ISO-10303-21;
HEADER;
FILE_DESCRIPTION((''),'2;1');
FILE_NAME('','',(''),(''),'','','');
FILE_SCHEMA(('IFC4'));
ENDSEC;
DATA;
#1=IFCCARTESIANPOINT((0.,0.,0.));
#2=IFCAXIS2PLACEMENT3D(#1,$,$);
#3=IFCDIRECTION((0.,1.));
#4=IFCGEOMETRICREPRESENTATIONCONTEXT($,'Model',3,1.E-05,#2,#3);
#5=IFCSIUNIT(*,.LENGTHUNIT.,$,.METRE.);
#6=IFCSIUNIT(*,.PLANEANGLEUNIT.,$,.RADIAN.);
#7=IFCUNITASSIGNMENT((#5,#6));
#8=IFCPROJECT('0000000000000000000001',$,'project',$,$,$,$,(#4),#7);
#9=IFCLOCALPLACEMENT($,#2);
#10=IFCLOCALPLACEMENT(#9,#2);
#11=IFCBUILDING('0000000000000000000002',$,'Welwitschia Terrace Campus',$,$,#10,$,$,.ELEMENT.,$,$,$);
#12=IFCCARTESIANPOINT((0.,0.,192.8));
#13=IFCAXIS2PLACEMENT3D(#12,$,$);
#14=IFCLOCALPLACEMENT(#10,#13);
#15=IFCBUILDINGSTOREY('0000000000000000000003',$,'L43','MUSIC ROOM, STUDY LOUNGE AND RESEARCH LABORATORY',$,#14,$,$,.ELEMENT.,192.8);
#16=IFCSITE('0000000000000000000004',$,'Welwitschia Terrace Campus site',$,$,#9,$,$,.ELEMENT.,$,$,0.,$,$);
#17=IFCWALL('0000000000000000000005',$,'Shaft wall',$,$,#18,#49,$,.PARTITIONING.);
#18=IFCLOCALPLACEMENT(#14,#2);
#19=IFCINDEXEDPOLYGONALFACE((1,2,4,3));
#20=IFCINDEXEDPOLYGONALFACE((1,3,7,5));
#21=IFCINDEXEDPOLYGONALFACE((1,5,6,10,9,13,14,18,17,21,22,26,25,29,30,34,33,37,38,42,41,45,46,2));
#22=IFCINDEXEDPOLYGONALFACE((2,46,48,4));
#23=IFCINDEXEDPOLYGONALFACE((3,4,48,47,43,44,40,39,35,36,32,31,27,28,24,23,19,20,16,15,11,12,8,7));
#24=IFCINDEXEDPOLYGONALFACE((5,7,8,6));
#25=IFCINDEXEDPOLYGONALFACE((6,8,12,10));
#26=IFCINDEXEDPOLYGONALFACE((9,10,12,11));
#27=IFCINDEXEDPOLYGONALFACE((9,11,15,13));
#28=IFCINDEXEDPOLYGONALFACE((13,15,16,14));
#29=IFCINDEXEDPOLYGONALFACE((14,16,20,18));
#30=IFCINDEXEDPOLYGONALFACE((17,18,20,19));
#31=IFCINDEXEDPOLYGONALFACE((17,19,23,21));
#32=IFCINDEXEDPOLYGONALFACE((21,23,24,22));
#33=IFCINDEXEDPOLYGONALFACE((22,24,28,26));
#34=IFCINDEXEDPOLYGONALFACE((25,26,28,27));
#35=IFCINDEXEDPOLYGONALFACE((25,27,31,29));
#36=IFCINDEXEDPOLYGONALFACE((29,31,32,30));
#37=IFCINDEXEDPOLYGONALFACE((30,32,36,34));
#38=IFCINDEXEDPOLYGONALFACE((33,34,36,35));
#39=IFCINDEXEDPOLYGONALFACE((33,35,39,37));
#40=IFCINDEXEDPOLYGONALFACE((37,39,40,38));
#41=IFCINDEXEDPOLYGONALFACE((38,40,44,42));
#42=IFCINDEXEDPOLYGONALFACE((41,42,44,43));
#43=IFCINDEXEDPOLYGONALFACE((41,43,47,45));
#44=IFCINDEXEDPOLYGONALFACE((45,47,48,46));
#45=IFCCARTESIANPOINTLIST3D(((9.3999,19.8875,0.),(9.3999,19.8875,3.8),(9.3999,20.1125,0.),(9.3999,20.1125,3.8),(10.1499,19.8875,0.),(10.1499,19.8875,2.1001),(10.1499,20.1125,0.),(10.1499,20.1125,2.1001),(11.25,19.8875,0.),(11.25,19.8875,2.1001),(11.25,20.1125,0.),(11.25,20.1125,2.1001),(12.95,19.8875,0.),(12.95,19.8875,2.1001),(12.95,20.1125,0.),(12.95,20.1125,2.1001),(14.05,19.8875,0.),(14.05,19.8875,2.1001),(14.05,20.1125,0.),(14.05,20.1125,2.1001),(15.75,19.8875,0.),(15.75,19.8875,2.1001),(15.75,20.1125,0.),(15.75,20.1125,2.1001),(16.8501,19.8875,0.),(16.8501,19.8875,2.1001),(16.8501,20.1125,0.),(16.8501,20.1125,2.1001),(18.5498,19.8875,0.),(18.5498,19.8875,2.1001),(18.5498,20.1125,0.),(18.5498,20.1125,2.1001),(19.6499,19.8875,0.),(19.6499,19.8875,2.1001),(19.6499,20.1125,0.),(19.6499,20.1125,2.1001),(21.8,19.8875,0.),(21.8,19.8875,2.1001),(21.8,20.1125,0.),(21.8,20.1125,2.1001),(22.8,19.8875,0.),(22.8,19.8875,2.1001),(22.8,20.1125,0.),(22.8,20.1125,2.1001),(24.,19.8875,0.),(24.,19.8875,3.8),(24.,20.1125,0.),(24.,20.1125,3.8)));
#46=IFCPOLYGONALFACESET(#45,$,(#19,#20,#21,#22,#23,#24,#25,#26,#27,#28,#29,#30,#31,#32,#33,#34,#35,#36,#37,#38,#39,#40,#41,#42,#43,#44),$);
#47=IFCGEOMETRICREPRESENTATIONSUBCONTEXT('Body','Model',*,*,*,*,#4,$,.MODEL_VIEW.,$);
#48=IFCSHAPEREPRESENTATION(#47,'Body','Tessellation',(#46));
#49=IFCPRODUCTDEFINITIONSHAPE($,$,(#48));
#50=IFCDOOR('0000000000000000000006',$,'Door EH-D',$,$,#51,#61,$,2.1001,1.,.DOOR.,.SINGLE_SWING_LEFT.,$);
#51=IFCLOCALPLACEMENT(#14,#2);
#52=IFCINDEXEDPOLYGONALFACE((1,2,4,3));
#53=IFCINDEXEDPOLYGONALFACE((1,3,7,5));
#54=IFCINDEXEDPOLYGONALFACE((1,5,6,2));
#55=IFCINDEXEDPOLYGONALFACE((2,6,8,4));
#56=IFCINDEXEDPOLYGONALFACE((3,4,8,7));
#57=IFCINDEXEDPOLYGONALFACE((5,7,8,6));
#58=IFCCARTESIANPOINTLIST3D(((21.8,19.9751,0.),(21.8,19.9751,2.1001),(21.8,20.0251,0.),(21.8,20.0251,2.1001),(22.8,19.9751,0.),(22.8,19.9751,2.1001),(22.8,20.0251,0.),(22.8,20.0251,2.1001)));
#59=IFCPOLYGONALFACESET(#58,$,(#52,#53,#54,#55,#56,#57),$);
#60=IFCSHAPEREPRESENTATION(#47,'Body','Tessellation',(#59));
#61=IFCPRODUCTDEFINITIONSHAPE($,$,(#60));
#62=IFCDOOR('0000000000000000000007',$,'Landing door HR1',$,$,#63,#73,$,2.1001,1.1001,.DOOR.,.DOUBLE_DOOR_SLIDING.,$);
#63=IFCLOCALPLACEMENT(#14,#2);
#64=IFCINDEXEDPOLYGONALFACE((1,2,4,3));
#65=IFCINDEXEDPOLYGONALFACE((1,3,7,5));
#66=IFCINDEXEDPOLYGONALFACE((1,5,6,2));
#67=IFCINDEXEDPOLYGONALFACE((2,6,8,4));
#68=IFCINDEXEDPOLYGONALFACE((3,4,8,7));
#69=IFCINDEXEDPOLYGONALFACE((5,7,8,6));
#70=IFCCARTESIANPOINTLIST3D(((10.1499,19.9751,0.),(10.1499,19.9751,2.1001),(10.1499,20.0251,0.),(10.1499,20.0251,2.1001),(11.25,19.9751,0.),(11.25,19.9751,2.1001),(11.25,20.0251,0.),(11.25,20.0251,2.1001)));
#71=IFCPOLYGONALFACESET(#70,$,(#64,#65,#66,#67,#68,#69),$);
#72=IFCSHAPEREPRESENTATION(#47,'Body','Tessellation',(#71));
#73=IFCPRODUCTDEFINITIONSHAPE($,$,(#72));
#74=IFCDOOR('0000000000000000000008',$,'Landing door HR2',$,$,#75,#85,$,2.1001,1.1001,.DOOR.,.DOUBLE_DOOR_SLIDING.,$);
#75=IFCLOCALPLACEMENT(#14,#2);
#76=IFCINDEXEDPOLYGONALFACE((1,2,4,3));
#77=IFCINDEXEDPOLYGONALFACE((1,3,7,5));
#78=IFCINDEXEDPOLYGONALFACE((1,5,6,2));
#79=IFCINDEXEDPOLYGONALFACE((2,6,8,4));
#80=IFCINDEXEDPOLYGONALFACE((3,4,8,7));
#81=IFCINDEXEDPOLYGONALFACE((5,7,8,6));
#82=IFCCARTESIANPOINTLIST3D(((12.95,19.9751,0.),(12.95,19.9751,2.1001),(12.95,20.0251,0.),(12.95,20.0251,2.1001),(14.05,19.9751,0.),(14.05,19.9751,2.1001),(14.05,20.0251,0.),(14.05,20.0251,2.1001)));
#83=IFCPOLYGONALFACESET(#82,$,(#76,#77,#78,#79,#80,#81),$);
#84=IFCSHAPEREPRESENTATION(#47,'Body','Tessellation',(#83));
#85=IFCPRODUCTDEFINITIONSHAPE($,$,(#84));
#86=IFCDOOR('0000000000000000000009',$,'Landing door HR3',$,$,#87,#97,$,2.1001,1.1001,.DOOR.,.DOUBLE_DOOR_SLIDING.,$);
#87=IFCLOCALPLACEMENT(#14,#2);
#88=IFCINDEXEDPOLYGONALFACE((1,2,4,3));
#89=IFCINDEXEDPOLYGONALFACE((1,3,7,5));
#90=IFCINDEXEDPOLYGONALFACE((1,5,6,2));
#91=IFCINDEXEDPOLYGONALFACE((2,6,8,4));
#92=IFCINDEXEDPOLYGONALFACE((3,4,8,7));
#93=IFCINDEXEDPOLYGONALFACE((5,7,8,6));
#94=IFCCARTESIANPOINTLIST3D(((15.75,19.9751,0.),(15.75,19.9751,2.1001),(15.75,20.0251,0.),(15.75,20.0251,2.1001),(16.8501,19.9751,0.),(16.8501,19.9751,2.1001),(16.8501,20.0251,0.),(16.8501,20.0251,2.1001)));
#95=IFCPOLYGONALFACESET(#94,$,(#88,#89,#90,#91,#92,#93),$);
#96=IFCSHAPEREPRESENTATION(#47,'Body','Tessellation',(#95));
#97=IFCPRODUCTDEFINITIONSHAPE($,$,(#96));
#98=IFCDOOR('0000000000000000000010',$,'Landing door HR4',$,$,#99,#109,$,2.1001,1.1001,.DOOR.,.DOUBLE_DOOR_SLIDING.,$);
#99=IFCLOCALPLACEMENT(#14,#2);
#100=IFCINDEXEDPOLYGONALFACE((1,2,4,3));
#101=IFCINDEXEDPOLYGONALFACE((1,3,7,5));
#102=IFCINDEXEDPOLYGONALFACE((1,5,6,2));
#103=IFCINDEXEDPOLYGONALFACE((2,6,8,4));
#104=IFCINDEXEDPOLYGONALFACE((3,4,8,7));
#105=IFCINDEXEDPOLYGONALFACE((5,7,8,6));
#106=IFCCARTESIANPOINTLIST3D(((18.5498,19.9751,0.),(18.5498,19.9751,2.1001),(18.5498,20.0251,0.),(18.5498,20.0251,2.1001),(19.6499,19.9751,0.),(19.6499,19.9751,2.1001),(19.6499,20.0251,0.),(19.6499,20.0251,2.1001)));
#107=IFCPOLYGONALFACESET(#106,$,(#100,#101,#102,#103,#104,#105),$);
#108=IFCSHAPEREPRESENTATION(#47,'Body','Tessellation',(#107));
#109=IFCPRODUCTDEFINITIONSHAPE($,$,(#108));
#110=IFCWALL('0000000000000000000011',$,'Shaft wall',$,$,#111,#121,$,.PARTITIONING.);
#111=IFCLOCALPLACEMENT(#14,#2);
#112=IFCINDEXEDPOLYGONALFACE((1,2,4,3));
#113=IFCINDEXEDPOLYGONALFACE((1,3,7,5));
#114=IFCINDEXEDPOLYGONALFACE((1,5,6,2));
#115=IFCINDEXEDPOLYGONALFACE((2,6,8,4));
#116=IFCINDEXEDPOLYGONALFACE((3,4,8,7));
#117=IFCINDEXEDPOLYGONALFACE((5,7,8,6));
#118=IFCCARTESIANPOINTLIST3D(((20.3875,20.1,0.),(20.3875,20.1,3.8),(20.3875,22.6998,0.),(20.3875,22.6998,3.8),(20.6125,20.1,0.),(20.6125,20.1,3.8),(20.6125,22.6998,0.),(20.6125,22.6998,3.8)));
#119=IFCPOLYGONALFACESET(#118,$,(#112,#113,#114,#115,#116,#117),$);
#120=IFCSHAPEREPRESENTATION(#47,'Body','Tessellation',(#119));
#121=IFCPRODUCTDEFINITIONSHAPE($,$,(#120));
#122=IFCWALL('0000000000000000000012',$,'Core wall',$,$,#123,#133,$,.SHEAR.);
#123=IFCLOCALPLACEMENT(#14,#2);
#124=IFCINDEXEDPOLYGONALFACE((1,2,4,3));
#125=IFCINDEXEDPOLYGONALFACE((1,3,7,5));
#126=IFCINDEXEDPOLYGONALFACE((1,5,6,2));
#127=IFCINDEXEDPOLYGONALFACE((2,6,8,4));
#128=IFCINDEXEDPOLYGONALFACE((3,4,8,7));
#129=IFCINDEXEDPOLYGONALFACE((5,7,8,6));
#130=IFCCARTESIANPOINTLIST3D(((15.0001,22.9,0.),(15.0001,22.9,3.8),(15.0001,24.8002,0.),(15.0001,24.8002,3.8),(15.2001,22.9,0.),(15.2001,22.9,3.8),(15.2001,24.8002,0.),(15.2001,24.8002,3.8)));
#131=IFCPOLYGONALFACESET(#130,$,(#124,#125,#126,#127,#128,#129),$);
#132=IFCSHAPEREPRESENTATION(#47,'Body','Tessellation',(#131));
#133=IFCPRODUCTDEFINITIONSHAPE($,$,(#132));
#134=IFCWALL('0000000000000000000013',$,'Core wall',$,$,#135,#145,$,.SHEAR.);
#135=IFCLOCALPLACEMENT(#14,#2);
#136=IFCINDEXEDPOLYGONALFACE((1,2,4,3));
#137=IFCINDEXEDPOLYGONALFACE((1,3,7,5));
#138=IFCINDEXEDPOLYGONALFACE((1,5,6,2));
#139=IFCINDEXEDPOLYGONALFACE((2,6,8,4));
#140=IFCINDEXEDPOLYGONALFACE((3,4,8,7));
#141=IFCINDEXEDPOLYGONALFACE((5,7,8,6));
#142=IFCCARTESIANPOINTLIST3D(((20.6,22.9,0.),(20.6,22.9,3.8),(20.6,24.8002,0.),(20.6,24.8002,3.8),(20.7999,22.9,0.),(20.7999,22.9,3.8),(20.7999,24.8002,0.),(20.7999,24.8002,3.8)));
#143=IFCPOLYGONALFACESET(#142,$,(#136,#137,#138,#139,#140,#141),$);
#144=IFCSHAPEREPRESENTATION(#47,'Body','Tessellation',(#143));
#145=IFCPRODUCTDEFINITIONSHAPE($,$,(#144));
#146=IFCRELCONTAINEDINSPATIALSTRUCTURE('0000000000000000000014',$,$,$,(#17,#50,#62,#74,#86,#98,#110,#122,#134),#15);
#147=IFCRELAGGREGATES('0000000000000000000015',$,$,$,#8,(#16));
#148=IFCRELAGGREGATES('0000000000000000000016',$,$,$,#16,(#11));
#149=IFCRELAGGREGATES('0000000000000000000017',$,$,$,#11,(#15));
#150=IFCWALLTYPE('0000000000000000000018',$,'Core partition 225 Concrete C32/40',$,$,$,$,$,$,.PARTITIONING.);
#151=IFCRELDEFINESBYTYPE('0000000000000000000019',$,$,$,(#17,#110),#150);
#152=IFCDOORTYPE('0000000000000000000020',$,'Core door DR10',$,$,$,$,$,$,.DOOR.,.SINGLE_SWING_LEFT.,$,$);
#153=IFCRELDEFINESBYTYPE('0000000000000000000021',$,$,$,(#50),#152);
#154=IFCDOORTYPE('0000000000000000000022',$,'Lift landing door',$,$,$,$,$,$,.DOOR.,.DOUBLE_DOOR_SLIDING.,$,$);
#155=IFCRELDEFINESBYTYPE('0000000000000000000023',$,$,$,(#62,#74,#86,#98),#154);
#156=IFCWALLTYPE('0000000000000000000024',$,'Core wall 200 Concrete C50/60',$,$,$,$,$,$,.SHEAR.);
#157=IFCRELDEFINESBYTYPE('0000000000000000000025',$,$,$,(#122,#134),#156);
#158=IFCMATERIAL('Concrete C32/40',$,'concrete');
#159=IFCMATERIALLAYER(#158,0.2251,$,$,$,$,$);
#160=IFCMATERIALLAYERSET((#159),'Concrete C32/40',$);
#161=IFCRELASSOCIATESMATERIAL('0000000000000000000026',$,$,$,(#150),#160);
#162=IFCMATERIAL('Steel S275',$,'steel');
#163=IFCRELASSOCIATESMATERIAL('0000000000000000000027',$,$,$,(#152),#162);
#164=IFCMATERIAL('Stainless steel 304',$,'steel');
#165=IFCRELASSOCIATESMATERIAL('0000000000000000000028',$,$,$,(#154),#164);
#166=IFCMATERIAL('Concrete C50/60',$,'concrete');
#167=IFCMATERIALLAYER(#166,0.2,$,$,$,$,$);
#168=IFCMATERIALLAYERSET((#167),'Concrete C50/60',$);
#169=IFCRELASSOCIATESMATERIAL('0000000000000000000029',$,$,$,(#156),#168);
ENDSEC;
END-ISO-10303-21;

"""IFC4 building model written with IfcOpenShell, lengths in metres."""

from ifc_helpers import new_model, si_unit, direction, frame, frame_2d, origin, place, context, subcontext, project, spatial, rectangle, extrude, material, layer, layer_set, type_object, element, fill, save


model = new_model("IFC4")

# Units and contexts
model_context = context("Model", 3, precision=1e-05, world=origin(), true_north=direction((0.0, 1.0)))
body_context = subcontext(model_context, "Body", "Model", "MODEL_VIEW")
ifc_project = project(units=[si_unit("LENGTHUNIT", "METRE"), si_unit("PLANEANGLEUNIT", "RADIAN")], contexts=[model_context])

# Site, building, storey
site_placement = place(None, origin())
site = spatial("IfcSite", under=ifc_project, at=site_placement, Name="Welwitschia Terrace Campus site", CompositionType="ELEMENT", RefElevation=0.0)
building_placement = place(site_placement, origin())
building = spatial("IfcBuilding", under=site, at=building_placement, Name="Welwitschia Terrace Campus", CompositionType="ELEMENT")
storey_placement = place(building_placement, frame((0.0, 0.0, 192.8)))
storey = spatial("IfcBuildingStorey", under=building, at=storey_placement, Name="L43", Description="MUSIC ROOM, STUDY LOUNGE AND RESEARCH LABORATORY", CompositionType="ELEMENT", Elevation=192.8)

# Wall, openings, doors
ifc_material_1 = material(Name="Concrete C32/40", Category="concrete")
ifc_layer_1 = layer(ifc_material_1, 0.2251)
ifc_layer_set_1 = layer_set([ifc_layer_1], Name="Concrete C32/40")
wall_type_1 = type_object("IfcWallType", Name="Core partition 225 Concrete C32/40", PredefinedType="PARTITIONING", material=ifc_layer_set_1)
wall_1_placement = place(storey_placement, frame((24.0, 20.0, 0.0), z_axis=(0.0, 0.0, 1.0), x_axis=(-1.0, 0.0, 0.0)))
wall_1 = element("IfcWall", 1, at=wall_1_placement, inside=storey, type_object=wall_type_1, Name="Shaft wall", PredefinedType="PARTITIONING", context=body_context, shape_type="SweptSolid", body=[
    extrude(rectangle(XDim=14.6001, YDim=0.2251, at=frame_2d((7.3, 0.0))), origin(), (0.0, 0.0, 1.0), 3.8),
])
opening_1_placement = place(wall_1_placement, frame((12.75, 0.0, 0.0)))
opening_1 = element("IfcOpeningElement", 2, at=opening_1_placement, cuts=wall_1, PredefinedType="OPENING", context=body_context, shape_type="SweptSolid", body=[
    extrude(rectangle(XDim=1.1001, YDim=2.1001, at=frame_2d((0.55, 1.05))), frame((0.0, 0.1226, 0.0), z_axis=(0.0, -1.0, 0.0), x_axis=(1.0, 0.0, 0.0)), (0.0, 0.0, 1.0), 0.2451),
])
opening_2_placement = place(wall_1_placement, frame((9.95, 0.0, 0.0)))
opening_2 = element("IfcOpeningElement", 3, at=opening_2_placement, cuts=wall_1, PredefinedType="OPENING", context=body_context, shape_type="SweptSolid", body=[
    extrude(rectangle(XDim=1.1001, YDim=2.1001, at=frame_2d((0.55, 1.05))), frame((0.0, 0.1226, 0.0), z_axis=(0.0, -1.0, 0.0), x_axis=(1.0, 0.0, 0.0)), (0.0, 0.0, 1.0), 0.2451),
])
opening_3_placement = place(wall_1_placement, frame((7.1499, 0.0, 0.0)))
opening_3 = element("IfcOpeningElement", 4, at=opening_3_placement, cuts=wall_1, PredefinedType="OPENING", context=body_context, shape_type="SweptSolid", body=[
    extrude(rectangle(XDim=1.1001, YDim=2.1001, at=frame_2d((0.55, 1.05))), frame((0.0, 0.1226, 0.0), z_axis=(0.0, -1.0, 0.0), x_axis=(1.0, 0.0, 0.0)), (0.0, 0.0, 1.0), 0.2451),
])
opening_4_placement = place(wall_1_placement, frame((4.3501, 0.0, 0.0)))
opening_4 = element("IfcOpeningElement", 5, at=opening_4_placement, cuts=wall_1, PredefinedType="OPENING", context=body_context, shape_type="SweptSolid", body=[
    extrude(rectangle(XDim=1.1001, YDim=2.1001, at=frame_2d((0.55, 1.05))), frame((0.0, 0.1226, 0.0), z_axis=(0.0, -1.0, 0.0), x_axis=(1.0, 0.0, 0.0)), (0.0, 0.0, 1.0), 0.2451),
])
opening_5_placement = place(wall_1_placement, frame((1.2, 0.0, 0.0)))
opening_5 = element("IfcOpeningElement", 6, at=opening_5_placement, cuts=wall_1, PredefinedType="OPENING", context=body_context, shape_type="SweptSolid", body=[
    extrude(rectangle(XDim=1.0, YDim=2.1001, at=frame_2d((0.5, 1.05))), frame((0.0, 0.1226, 0.0), z_axis=(0.0, -1.0, 0.0), x_axis=(1.0, 0.0, 0.0)), (0.0, 0.0, 1.0), 0.2451),
])
ifc_material_2 = material(Name="Steel S275", Category="steel")
door_type_1 = type_object("IfcDoorType", Name="Core door DR10", OperationType="SINGLE_SWING_LEFT", PredefinedType="DOOR", material=ifc_material_2)
door_1_placement = place(opening_5_placement, origin())
door_1 = element("IfcDoor", 7, at=door_1_placement, inside=storey, type_object=door_type_1, Name="Door EH-D", OperationType="SINGLE_SWING_LEFT", OverallHeight=2.1001, OverallWidth=1.0, PredefinedType="DOOR", context=body_context, shape_type="SweptSolid", body=[
    extrude(rectangle(XDim=1.0, YDim=2.1001, at=frame_2d((0.5, 1.05))), frame((0.0, 0.0249, 0.0), z_axis=(0.0, -1.0, 0.0), x_axis=(1.0, 0.0, 0.0)), (0.0, 0.0, 1.0), 0.05),
])
fill(opening_5, door_1)
ifc_material_3 = material(Name="Stainless steel 304", Category="steel")
door_type_2 = type_object("IfcDoorType", Name="Lift landing door", OperationType="DOUBLE_DOOR_SLIDING", PredefinedType="DOOR", material=ifc_material_3)
door_2_placement = place(opening_1_placement, origin())
door_2 = element("IfcDoor", 8, at=door_2_placement, inside=storey, type_object=door_type_2, Name="Landing door HR1", OperationType="DOUBLE_DOOR_SLIDING", OverallHeight=2.1001, OverallWidth=1.1001, PredefinedType="DOOR", context=body_context, shape_type="SweptSolid", body=[
    extrude(rectangle(XDim=1.1001, YDim=2.1001, at=frame_2d((0.55, 1.05))), frame((0.0, 0.0249, 0.0), z_axis=(0.0, -1.0, 0.0), x_axis=(1.0, 0.0, 0.0)), (0.0, 0.0, 1.0), 0.05),
])
fill(opening_1, door_2)
door_3_placement = place(opening_2_placement, origin())
door_3 = element("IfcDoor", 9, at=door_3_placement, inside=storey, type_object=door_type_2, Name="Landing door HR2", OperationType="DOUBLE_DOOR_SLIDING", OverallHeight=2.1001, OverallWidth=1.1001, PredefinedType="DOOR", context=body_context, shape_type="SweptSolid", body=[
    extrude(rectangle(XDim=1.1001, YDim=2.1001, at=frame_2d((0.55, 1.05))), frame((0.0, 0.0249, 0.0), z_axis=(0.0, -1.0, 0.0), x_axis=(1.0, 0.0, 0.0)), (0.0, 0.0, 1.0), 0.05),
])
fill(opening_2, door_3)
door_4_placement = place(opening_3_placement, origin())
door_4 = element("IfcDoor", 10, at=door_4_placement, inside=storey, type_object=door_type_2, Name="Landing door HR3", OperationType="DOUBLE_DOOR_SLIDING", OverallHeight=2.1001, OverallWidth=1.1001, PredefinedType="DOOR", context=body_context, shape_type="SweptSolid", body=[
    extrude(rectangle(XDim=1.1001, YDim=2.1001, at=frame_2d((0.55, 1.05))), frame((0.0, 0.0249, 0.0), z_axis=(0.0, -1.0, 0.0), x_axis=(1.0, 0.0, 0.0)), (0.0, 0.0, 1.0), 0.05),
])
fill(opening_3, door_4)
door_5_placement = place(opening_4_placement, origin())
door_5 = element("IfcDoor", 11, at=door_5_placement, inside=storey, type_object=door_type_2, Name="Landing door HR4", OperationType="DOUBLE_DOOR_SLIDING", OverallHeight=2.1001, OverallWidth=1.1001, PredefinedType="DOOR", context=body_context, shape_type="SweptSolid", body=[
    extrude(rectangle(XDim=1.1001, YDim=2.1001, at=frame_2d((0.55, 1.05))), frame((0.0, 0.0249, 0.0), z_axis=(0.0, -1.0, 0.0), x_axis=(1.0, 0.0, 0.0)), (0.0, 0.0, 1.0), 0.05),
])
fill(opening_4, door_5)

# Walls
wall_2_placement = place(storey_placement, frame((20.5, 20.1001, 0.0), z_axis=(0.0, 0.0, 1.0), x_axis=(0.0, 1.0, 0.0)))
element("IfcWall", 12, at=wall_2_placement, inside=storey, type_object=wall_type_1, Name="Shaft wall", PredefinedType="PARTITIONING", context=body_context, shape_type="SweptSolid", body=[
    extrude(rectangle(XDim=2.5999, YDim=0.2251, at=frame_2d((1.2998, 0.0))), origin(), (0.0, 0.0, 1.0), 3.8),
])
ifc_material_4 = material(Name="Concrete C50/60", Category="concrete")
ifc_layer_2 = layer(ifc_material_4, 0.2)
ifc_layer_set_2 = layer_set([ifc_layer_2], Name="Concrete C50/60")
wall_type_2 = type_object("IfcWallType", Name="Core wall 200 Concrete C50/60", PredefinedType="SHEAR", material=ifc_layer_set_2)
for number, where, z_axis, x_axis, name in (
    (13, (15.1001, 22.8999, 0.0), (0.0, 0.0, 1.0), (0.0, 1.0, 0.0), "Core wall"),
    (14, (20.7, 22.8999, 0.0), (0.0, 0.0, 1.0), (0.0, 1.0, 0.0), "Core wall"),
):
    element("IfcWall", number, at=place(storey_placement, frame(where, z_axis=z_axis, x_axis=x_axis)), inside=storey, type_object=wall_type_2, Name=name, PredefinedType="SHEAR", context=body_context, shape_type="SweptSolid", body=[
        extrude(rectangle(XDim=1.9001, YDim=0.2, at=frame_2d((0.9502, 0.0))), origin(), (0.0, 0.0, 1.0), 3.8),
    ])

save(model, "model.ifc")
